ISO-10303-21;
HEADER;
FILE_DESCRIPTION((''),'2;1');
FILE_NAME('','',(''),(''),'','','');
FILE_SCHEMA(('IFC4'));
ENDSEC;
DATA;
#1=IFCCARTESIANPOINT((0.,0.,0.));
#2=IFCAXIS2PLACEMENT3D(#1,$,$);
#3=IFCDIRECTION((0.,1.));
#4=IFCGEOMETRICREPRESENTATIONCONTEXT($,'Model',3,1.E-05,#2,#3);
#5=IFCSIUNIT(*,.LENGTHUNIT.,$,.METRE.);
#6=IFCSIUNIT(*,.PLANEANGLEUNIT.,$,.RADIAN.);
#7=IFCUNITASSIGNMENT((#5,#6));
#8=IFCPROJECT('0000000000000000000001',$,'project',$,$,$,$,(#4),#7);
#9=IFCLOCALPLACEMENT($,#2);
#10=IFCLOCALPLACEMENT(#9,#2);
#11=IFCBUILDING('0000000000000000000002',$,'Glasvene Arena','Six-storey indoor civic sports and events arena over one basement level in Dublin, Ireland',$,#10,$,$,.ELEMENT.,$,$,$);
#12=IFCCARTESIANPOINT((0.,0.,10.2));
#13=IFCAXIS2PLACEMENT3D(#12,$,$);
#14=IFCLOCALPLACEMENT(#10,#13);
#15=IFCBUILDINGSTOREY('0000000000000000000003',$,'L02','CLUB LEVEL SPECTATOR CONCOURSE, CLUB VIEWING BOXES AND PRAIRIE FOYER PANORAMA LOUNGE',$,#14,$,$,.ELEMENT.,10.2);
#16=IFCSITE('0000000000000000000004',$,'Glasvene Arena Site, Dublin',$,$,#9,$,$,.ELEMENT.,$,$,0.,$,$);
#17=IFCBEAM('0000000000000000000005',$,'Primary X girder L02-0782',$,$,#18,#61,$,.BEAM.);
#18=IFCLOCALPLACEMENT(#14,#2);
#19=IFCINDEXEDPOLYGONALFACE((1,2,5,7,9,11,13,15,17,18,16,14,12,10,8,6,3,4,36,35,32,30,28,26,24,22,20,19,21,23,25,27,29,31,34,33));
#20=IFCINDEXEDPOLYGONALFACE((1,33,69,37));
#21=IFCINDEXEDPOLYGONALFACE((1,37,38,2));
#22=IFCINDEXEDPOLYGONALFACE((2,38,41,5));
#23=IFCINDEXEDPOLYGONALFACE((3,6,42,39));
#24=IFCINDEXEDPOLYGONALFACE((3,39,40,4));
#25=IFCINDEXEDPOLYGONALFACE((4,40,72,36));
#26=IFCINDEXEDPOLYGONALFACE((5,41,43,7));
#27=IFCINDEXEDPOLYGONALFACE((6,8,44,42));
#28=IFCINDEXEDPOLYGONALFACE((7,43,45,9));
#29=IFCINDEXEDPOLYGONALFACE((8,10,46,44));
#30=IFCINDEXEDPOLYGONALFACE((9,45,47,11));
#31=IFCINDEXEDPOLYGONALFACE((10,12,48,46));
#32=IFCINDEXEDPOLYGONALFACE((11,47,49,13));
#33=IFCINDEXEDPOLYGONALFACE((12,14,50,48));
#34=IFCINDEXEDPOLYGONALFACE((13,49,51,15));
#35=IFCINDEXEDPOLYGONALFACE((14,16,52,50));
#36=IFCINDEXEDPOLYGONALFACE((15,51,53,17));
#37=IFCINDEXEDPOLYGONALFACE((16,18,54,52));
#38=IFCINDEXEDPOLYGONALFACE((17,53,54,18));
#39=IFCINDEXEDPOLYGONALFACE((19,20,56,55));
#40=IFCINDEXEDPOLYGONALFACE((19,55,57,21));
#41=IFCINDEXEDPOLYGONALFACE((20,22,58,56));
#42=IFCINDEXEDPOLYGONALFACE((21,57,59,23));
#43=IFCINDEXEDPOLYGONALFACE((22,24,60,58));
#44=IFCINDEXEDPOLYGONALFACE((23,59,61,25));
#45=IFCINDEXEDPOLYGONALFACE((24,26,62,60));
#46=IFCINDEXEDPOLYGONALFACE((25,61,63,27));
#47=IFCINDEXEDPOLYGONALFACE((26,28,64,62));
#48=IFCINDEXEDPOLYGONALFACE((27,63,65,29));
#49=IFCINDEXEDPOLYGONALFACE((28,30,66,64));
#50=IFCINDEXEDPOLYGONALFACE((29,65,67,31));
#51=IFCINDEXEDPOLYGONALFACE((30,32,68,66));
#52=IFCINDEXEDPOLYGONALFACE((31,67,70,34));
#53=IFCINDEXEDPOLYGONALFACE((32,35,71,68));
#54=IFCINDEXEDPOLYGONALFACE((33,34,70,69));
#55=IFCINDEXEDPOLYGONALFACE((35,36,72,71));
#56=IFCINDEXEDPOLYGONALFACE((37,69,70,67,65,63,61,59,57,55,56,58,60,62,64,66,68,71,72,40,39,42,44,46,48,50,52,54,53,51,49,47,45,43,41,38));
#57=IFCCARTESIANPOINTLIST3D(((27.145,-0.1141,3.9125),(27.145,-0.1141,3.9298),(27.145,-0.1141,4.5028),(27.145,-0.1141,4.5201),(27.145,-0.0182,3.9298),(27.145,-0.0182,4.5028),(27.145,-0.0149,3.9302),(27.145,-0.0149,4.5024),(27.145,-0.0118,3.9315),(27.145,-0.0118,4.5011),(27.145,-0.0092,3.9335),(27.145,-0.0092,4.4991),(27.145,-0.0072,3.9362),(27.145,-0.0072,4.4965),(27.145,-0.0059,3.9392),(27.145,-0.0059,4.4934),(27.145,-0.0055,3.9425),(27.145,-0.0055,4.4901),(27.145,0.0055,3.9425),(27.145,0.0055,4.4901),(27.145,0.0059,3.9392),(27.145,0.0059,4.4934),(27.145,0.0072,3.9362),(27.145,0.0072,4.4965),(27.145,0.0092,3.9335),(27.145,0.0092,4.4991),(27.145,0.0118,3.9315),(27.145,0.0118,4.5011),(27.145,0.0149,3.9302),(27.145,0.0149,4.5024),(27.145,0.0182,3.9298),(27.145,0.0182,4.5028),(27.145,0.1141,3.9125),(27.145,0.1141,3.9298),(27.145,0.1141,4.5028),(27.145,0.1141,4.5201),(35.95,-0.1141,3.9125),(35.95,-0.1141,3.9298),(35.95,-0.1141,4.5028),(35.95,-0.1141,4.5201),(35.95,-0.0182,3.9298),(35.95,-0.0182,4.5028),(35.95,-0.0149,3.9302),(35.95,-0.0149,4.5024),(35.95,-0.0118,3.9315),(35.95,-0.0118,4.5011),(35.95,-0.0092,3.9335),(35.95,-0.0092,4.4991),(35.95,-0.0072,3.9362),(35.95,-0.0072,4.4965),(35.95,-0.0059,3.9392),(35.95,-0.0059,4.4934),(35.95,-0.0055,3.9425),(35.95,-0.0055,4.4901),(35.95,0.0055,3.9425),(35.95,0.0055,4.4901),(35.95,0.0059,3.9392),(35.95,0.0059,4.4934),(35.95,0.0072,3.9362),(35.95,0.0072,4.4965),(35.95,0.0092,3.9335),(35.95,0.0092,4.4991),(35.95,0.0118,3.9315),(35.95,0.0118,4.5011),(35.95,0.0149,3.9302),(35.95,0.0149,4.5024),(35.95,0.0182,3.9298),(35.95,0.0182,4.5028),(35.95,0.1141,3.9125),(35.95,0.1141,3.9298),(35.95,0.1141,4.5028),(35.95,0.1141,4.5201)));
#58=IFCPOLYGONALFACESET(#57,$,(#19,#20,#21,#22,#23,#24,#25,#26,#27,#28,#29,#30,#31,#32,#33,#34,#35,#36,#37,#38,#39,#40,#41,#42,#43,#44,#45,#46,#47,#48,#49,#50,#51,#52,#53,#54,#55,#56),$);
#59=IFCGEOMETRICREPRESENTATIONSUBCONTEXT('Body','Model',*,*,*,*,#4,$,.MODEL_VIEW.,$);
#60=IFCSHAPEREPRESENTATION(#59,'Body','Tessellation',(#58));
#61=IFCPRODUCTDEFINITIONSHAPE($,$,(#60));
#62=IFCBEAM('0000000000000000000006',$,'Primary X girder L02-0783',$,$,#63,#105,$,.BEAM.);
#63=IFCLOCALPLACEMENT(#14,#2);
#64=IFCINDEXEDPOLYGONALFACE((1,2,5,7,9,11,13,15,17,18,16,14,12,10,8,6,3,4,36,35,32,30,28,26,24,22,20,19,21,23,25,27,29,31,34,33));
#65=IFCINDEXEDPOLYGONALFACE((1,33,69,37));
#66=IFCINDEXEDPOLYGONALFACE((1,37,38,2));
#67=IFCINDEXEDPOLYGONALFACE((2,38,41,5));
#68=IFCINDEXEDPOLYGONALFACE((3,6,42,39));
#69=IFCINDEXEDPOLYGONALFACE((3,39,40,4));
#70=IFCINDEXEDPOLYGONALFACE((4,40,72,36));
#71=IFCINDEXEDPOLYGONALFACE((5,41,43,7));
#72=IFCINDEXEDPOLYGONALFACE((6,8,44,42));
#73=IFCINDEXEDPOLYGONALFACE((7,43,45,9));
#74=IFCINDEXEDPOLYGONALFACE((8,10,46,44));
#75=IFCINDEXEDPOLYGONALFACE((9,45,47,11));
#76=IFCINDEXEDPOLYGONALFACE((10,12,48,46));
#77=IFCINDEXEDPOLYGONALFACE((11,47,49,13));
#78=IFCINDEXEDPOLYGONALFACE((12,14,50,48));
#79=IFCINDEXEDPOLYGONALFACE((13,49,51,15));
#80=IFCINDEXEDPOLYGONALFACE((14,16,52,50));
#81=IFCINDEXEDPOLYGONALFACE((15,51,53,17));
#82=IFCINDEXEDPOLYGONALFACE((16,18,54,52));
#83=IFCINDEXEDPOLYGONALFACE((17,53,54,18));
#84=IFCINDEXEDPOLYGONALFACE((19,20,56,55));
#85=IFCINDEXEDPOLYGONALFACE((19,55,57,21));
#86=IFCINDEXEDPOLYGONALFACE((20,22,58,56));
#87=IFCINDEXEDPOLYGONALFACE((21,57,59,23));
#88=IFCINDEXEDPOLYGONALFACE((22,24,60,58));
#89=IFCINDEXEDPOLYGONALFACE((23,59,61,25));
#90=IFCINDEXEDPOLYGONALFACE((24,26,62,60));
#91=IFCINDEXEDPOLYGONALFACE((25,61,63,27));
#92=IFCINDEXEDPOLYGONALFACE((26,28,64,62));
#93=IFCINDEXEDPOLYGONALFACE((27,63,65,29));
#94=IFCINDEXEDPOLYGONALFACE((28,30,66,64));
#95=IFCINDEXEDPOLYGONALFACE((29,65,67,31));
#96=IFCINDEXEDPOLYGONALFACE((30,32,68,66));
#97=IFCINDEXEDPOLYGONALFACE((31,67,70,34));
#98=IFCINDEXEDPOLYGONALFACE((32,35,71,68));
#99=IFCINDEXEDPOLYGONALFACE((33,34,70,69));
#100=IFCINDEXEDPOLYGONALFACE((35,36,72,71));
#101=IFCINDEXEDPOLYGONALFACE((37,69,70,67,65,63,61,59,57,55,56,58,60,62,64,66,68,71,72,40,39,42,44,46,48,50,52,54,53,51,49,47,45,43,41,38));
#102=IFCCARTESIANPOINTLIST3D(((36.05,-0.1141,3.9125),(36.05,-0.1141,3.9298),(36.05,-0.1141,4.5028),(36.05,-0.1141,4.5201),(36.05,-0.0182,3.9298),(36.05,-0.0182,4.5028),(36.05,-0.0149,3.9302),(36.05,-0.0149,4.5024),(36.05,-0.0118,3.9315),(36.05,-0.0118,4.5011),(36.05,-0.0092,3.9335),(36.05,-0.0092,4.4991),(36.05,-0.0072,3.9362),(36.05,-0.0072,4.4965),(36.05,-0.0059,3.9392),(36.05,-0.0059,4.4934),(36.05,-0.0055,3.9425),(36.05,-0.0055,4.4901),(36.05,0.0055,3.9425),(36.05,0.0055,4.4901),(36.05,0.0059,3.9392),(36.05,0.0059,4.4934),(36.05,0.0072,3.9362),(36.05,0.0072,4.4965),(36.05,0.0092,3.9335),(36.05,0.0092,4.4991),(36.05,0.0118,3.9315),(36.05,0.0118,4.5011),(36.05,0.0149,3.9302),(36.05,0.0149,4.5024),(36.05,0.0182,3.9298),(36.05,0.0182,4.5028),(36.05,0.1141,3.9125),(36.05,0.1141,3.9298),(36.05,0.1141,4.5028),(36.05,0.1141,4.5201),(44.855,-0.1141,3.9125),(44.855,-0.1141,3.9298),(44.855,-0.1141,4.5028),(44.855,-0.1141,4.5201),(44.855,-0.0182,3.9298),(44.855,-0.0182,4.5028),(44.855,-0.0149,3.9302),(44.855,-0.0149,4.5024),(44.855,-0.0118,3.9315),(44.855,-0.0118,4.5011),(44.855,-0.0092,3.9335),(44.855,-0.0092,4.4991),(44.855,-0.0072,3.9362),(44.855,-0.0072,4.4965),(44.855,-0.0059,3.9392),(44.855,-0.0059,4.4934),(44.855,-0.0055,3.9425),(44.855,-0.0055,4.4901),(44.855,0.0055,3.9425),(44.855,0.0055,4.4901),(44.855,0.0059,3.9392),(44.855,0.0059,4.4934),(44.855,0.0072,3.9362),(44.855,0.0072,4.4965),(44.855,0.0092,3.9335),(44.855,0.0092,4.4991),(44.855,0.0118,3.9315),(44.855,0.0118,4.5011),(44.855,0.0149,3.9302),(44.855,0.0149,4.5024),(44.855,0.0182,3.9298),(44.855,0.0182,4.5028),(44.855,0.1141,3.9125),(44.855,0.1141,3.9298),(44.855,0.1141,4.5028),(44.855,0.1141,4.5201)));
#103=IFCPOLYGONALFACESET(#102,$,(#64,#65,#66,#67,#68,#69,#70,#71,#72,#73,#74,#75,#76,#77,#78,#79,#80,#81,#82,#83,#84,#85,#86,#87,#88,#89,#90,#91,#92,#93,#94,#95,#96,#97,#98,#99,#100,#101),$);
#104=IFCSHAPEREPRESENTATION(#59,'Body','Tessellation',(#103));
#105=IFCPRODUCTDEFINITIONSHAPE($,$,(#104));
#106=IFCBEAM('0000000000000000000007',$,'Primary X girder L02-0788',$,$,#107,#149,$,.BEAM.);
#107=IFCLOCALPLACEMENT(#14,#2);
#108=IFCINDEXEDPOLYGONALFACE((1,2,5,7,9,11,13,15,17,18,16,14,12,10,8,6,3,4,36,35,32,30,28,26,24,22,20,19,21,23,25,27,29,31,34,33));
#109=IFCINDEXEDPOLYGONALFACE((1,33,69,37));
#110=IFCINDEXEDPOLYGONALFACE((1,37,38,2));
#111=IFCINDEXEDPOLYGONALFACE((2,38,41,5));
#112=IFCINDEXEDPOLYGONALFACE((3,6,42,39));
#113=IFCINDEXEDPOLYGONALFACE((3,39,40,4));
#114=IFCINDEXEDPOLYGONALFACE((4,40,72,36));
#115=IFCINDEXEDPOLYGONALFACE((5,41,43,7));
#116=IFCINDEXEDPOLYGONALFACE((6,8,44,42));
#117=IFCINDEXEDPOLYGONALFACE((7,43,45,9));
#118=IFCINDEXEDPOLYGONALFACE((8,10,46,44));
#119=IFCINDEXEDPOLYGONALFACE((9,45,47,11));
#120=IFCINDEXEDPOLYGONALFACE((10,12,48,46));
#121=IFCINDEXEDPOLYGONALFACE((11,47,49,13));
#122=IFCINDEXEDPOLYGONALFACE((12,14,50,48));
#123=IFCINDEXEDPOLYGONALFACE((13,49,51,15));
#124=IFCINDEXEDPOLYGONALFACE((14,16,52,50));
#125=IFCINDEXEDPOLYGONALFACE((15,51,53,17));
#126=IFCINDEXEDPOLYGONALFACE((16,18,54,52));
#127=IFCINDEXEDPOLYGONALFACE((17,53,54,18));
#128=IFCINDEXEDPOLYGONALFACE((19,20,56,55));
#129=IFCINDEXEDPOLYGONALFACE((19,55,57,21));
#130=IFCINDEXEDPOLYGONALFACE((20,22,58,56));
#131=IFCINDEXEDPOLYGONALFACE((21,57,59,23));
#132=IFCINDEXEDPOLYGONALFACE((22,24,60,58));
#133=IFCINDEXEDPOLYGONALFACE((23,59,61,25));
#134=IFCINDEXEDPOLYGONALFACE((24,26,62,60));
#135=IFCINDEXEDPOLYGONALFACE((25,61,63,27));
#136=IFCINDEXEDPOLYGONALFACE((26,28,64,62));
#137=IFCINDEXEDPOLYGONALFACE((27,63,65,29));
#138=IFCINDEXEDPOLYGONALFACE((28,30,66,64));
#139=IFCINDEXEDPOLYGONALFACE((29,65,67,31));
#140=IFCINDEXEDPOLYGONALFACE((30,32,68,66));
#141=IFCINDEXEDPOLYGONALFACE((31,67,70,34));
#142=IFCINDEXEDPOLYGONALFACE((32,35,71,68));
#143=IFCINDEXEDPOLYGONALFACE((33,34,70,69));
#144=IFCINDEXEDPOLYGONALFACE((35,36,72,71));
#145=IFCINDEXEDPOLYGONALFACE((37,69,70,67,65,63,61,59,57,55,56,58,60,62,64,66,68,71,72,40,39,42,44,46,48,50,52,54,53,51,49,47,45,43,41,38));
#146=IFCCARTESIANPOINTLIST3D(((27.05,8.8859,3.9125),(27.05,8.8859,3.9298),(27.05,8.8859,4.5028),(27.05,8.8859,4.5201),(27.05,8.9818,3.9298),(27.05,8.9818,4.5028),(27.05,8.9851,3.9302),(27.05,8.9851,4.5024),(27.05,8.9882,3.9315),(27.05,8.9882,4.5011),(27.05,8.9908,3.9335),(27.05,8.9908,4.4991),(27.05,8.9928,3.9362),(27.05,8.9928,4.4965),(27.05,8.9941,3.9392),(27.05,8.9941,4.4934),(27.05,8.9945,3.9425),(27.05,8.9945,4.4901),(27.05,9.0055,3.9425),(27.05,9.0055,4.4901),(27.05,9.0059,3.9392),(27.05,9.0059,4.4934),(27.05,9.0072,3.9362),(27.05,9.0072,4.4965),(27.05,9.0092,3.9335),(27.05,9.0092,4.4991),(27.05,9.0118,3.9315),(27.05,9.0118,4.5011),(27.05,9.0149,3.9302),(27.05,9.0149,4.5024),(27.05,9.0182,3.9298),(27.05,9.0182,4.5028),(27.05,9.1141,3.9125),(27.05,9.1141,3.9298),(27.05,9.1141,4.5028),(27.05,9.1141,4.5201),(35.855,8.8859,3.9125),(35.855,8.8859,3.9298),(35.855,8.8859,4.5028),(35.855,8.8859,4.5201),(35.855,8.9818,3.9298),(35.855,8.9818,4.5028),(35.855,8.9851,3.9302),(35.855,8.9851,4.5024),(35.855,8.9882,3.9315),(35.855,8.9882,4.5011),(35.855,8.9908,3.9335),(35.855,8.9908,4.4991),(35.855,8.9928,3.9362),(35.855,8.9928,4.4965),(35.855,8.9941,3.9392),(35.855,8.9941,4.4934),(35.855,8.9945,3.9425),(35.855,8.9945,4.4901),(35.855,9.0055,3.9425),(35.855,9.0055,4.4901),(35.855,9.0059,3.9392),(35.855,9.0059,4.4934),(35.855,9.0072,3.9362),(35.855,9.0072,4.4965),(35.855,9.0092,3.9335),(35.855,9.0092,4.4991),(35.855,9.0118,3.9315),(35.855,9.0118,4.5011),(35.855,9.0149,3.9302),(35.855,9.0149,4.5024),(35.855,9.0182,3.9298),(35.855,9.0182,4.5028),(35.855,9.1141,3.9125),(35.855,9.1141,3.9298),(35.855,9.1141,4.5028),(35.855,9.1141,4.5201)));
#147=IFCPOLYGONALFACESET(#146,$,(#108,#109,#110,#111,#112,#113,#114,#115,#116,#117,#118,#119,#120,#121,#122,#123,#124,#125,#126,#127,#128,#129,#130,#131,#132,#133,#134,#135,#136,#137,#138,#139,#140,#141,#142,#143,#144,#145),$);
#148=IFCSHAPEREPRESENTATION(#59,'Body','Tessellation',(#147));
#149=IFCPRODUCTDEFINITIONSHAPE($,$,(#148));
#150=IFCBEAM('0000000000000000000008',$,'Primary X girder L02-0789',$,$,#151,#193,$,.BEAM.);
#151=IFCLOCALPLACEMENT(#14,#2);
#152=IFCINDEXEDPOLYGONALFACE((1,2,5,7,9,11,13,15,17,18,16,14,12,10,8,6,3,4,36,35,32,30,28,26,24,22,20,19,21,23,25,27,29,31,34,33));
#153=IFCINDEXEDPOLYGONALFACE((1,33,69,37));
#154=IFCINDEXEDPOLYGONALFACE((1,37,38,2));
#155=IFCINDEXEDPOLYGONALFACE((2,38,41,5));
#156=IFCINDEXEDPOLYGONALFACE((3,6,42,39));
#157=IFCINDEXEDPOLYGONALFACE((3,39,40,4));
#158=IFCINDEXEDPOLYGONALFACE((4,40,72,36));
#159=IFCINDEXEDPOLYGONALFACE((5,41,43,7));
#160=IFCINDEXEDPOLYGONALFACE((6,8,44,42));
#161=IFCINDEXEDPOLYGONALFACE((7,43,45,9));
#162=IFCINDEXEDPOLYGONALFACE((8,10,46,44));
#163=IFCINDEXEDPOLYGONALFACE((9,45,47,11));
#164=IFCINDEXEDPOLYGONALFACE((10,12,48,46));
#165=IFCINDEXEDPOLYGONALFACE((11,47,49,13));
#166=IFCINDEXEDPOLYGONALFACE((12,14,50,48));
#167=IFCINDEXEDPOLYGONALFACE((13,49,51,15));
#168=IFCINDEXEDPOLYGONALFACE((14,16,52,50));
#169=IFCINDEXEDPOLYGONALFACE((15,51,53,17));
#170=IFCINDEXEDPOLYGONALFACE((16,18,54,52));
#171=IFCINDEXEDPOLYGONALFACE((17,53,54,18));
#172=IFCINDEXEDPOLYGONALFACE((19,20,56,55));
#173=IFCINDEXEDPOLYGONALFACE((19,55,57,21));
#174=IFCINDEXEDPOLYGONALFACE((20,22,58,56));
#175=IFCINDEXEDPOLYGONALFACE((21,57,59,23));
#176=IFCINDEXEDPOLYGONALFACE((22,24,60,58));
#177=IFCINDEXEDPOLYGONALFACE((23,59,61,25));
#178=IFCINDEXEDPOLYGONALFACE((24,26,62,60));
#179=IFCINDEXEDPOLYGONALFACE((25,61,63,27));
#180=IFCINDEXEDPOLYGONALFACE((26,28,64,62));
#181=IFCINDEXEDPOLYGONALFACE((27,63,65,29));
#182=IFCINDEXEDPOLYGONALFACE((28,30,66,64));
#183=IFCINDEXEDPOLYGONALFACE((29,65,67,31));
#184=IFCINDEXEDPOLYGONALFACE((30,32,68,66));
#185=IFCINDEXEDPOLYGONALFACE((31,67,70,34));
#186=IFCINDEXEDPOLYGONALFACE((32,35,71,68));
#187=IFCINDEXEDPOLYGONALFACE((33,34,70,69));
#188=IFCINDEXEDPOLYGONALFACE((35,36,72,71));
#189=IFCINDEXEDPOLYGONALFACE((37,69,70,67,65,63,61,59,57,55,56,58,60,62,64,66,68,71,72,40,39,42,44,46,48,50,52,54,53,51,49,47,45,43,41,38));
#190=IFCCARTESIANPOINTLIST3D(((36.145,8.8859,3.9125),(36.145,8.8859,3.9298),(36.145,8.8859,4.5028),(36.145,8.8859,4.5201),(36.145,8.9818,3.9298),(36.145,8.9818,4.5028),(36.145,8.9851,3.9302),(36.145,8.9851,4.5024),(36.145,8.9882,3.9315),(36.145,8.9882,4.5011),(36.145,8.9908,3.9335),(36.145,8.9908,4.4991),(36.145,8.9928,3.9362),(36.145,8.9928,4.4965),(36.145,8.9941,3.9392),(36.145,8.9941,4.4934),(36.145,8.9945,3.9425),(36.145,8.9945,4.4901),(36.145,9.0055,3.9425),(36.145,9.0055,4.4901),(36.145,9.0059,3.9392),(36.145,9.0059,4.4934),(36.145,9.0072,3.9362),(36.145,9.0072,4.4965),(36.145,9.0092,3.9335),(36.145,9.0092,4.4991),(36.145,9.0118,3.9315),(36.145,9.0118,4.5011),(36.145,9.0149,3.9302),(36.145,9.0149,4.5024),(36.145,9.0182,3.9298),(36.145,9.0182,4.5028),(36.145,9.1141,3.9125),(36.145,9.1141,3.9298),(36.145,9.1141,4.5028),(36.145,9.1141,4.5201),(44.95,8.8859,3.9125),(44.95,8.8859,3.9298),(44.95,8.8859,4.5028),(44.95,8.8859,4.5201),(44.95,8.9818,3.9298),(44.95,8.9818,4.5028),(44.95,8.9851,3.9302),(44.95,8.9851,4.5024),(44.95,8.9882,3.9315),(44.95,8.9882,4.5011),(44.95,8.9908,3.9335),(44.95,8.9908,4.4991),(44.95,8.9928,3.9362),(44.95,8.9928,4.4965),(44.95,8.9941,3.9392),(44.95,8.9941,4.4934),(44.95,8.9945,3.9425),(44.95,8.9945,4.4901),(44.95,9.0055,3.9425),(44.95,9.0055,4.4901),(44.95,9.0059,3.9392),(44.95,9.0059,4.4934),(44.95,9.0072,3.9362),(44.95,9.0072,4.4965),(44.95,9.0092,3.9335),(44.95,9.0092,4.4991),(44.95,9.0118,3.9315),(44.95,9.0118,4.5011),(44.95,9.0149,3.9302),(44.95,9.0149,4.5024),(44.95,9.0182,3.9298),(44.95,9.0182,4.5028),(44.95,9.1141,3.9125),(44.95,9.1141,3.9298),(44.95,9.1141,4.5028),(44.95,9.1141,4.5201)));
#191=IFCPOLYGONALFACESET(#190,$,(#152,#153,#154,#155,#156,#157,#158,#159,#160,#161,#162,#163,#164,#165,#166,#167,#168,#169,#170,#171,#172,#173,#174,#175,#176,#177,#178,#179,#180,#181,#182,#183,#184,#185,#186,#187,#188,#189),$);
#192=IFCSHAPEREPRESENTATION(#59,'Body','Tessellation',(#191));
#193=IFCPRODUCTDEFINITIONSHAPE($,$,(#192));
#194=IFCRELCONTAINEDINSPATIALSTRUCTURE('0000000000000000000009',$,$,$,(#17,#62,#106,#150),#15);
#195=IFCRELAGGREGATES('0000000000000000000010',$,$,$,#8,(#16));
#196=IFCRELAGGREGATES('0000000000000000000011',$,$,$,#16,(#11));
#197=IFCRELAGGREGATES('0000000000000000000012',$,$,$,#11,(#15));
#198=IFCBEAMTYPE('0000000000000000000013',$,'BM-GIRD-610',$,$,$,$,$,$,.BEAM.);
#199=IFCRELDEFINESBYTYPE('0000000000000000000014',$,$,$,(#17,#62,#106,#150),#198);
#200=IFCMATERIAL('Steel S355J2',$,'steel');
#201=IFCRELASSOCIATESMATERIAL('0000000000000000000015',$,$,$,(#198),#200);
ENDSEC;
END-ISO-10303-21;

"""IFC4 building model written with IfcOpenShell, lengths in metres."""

from ifc_helpers import new_model, si_unit, direction, frame, origin, origin_2d, place, context, subcontext, project, spatial, i_section, extrude, material, material_profile, profile_set, type_object, element, save


model = new_model("IFC4")

# Units and contexts
model_context = context("Model", 3, precision=1e-05, world=origin(), true_north=direction((0.0, 1.0)))
body_context = subcontext(model_context, "Body", "Model", "MODEL_VIEW")
ifc_project = project(units=[si_unit("LENGTHUNIT", "METRE"), si_unit("PLANEANGLEUNIT", "RADIAN")], contexts=[model_context])

# Site, building, storey
site_placement = place(None, origin())
site = spatial("IfcSite", under=ifc_project, at=site_placement, Name="Glasvene Arena Site, Dublin", CompositionType="ELEMENT", RefElevation=0.0)
building_placement = place(site_placement, origin())
building = spatial("IfcBuilding", under=site, at=building_placement, Name="Glasvene Arena", Description="Six-storey indoor civic sports and events arena over one basement level in Dublin, Ireland", CompositionType="ELEMENT")
storey_placement = place(building_placement, frame((0.0, 0.0, 10.2)))
storey = spatial("IfcBuildingStorey", under=building, at=storey_placement, Name="L02", Description="CLUB LEVEL SPECTATOR CONCOURSE, CLUB VIEWING BOXES AND PRAIRIE FOYER PANORAMA LOUNGE", CompositionType="ELEMENT", Elevation=10.2)

# Shared definitions
ifc_material_1 = material(Name="Steel S355J2", Category="steel")

# Beams
ifc_material_profile_1 = material_profile(ifc_material_1, i_section(OverallWidth=0.2283, OverallDepth=0.6077, WebThickness=0.011, FlangeThickness=0.0173, FilletRadius=0.0127, at=origin_2d()), Name="UKB 610x229x113")
ifc_profile_set_1 = profile_set([ifc_material_profile_1], Name="Steel S355J2")
beam_type_1 = type_object("IfcBeamType", Name="BM-GIRD-610", PredefinedType="BEAM", material=ifc_profile_set_1)
for number, where, z_axis, x_axis, name in (
    (1, (27.145, 0.0, 4.2163), (1.0, 0.0, 0.0), (0.0, 1.0, 0.0), "Primary X girder L02-0782"),
    (2, (36.05, 0.0, 4.2163), (1.0, 0.0, 0.0), (0.0, 1.0, 0.0), "Primary X girder L02-0783"),
    (3, (27.05, 9.0, 4.2163), (1.0, 0.0, 0.0), (0.0, 1.0, 0.0), "Primary X girder L02-0788"),
    (4, (36.145, 9.0, 4.2163), (1.0, 0.0, 0.0), (0.0, 1.0, 0.0), "Primary X girder L02-0789"),
):
    element("IfcBeam", number, at=place(storey_placement, frame(where, z_axis=z_axis, x_axis=x_axis)), inside=storey, type_object=beam_type_1, Name=name, PredefinedType="BEAM", context=body_context, shape_type="SweptSolid", body=[
        extrude(i_section(OverallWidth=0.2283, OverallDepth=0.6077, WebThickness=0.011, FlangeThickness=0.0173, FilletRadius=0.0127, at=origin_2d()), origin(), (0.0, 0.0, 1.0), 8.8049),
    ])

save(model, "model.ifc")
